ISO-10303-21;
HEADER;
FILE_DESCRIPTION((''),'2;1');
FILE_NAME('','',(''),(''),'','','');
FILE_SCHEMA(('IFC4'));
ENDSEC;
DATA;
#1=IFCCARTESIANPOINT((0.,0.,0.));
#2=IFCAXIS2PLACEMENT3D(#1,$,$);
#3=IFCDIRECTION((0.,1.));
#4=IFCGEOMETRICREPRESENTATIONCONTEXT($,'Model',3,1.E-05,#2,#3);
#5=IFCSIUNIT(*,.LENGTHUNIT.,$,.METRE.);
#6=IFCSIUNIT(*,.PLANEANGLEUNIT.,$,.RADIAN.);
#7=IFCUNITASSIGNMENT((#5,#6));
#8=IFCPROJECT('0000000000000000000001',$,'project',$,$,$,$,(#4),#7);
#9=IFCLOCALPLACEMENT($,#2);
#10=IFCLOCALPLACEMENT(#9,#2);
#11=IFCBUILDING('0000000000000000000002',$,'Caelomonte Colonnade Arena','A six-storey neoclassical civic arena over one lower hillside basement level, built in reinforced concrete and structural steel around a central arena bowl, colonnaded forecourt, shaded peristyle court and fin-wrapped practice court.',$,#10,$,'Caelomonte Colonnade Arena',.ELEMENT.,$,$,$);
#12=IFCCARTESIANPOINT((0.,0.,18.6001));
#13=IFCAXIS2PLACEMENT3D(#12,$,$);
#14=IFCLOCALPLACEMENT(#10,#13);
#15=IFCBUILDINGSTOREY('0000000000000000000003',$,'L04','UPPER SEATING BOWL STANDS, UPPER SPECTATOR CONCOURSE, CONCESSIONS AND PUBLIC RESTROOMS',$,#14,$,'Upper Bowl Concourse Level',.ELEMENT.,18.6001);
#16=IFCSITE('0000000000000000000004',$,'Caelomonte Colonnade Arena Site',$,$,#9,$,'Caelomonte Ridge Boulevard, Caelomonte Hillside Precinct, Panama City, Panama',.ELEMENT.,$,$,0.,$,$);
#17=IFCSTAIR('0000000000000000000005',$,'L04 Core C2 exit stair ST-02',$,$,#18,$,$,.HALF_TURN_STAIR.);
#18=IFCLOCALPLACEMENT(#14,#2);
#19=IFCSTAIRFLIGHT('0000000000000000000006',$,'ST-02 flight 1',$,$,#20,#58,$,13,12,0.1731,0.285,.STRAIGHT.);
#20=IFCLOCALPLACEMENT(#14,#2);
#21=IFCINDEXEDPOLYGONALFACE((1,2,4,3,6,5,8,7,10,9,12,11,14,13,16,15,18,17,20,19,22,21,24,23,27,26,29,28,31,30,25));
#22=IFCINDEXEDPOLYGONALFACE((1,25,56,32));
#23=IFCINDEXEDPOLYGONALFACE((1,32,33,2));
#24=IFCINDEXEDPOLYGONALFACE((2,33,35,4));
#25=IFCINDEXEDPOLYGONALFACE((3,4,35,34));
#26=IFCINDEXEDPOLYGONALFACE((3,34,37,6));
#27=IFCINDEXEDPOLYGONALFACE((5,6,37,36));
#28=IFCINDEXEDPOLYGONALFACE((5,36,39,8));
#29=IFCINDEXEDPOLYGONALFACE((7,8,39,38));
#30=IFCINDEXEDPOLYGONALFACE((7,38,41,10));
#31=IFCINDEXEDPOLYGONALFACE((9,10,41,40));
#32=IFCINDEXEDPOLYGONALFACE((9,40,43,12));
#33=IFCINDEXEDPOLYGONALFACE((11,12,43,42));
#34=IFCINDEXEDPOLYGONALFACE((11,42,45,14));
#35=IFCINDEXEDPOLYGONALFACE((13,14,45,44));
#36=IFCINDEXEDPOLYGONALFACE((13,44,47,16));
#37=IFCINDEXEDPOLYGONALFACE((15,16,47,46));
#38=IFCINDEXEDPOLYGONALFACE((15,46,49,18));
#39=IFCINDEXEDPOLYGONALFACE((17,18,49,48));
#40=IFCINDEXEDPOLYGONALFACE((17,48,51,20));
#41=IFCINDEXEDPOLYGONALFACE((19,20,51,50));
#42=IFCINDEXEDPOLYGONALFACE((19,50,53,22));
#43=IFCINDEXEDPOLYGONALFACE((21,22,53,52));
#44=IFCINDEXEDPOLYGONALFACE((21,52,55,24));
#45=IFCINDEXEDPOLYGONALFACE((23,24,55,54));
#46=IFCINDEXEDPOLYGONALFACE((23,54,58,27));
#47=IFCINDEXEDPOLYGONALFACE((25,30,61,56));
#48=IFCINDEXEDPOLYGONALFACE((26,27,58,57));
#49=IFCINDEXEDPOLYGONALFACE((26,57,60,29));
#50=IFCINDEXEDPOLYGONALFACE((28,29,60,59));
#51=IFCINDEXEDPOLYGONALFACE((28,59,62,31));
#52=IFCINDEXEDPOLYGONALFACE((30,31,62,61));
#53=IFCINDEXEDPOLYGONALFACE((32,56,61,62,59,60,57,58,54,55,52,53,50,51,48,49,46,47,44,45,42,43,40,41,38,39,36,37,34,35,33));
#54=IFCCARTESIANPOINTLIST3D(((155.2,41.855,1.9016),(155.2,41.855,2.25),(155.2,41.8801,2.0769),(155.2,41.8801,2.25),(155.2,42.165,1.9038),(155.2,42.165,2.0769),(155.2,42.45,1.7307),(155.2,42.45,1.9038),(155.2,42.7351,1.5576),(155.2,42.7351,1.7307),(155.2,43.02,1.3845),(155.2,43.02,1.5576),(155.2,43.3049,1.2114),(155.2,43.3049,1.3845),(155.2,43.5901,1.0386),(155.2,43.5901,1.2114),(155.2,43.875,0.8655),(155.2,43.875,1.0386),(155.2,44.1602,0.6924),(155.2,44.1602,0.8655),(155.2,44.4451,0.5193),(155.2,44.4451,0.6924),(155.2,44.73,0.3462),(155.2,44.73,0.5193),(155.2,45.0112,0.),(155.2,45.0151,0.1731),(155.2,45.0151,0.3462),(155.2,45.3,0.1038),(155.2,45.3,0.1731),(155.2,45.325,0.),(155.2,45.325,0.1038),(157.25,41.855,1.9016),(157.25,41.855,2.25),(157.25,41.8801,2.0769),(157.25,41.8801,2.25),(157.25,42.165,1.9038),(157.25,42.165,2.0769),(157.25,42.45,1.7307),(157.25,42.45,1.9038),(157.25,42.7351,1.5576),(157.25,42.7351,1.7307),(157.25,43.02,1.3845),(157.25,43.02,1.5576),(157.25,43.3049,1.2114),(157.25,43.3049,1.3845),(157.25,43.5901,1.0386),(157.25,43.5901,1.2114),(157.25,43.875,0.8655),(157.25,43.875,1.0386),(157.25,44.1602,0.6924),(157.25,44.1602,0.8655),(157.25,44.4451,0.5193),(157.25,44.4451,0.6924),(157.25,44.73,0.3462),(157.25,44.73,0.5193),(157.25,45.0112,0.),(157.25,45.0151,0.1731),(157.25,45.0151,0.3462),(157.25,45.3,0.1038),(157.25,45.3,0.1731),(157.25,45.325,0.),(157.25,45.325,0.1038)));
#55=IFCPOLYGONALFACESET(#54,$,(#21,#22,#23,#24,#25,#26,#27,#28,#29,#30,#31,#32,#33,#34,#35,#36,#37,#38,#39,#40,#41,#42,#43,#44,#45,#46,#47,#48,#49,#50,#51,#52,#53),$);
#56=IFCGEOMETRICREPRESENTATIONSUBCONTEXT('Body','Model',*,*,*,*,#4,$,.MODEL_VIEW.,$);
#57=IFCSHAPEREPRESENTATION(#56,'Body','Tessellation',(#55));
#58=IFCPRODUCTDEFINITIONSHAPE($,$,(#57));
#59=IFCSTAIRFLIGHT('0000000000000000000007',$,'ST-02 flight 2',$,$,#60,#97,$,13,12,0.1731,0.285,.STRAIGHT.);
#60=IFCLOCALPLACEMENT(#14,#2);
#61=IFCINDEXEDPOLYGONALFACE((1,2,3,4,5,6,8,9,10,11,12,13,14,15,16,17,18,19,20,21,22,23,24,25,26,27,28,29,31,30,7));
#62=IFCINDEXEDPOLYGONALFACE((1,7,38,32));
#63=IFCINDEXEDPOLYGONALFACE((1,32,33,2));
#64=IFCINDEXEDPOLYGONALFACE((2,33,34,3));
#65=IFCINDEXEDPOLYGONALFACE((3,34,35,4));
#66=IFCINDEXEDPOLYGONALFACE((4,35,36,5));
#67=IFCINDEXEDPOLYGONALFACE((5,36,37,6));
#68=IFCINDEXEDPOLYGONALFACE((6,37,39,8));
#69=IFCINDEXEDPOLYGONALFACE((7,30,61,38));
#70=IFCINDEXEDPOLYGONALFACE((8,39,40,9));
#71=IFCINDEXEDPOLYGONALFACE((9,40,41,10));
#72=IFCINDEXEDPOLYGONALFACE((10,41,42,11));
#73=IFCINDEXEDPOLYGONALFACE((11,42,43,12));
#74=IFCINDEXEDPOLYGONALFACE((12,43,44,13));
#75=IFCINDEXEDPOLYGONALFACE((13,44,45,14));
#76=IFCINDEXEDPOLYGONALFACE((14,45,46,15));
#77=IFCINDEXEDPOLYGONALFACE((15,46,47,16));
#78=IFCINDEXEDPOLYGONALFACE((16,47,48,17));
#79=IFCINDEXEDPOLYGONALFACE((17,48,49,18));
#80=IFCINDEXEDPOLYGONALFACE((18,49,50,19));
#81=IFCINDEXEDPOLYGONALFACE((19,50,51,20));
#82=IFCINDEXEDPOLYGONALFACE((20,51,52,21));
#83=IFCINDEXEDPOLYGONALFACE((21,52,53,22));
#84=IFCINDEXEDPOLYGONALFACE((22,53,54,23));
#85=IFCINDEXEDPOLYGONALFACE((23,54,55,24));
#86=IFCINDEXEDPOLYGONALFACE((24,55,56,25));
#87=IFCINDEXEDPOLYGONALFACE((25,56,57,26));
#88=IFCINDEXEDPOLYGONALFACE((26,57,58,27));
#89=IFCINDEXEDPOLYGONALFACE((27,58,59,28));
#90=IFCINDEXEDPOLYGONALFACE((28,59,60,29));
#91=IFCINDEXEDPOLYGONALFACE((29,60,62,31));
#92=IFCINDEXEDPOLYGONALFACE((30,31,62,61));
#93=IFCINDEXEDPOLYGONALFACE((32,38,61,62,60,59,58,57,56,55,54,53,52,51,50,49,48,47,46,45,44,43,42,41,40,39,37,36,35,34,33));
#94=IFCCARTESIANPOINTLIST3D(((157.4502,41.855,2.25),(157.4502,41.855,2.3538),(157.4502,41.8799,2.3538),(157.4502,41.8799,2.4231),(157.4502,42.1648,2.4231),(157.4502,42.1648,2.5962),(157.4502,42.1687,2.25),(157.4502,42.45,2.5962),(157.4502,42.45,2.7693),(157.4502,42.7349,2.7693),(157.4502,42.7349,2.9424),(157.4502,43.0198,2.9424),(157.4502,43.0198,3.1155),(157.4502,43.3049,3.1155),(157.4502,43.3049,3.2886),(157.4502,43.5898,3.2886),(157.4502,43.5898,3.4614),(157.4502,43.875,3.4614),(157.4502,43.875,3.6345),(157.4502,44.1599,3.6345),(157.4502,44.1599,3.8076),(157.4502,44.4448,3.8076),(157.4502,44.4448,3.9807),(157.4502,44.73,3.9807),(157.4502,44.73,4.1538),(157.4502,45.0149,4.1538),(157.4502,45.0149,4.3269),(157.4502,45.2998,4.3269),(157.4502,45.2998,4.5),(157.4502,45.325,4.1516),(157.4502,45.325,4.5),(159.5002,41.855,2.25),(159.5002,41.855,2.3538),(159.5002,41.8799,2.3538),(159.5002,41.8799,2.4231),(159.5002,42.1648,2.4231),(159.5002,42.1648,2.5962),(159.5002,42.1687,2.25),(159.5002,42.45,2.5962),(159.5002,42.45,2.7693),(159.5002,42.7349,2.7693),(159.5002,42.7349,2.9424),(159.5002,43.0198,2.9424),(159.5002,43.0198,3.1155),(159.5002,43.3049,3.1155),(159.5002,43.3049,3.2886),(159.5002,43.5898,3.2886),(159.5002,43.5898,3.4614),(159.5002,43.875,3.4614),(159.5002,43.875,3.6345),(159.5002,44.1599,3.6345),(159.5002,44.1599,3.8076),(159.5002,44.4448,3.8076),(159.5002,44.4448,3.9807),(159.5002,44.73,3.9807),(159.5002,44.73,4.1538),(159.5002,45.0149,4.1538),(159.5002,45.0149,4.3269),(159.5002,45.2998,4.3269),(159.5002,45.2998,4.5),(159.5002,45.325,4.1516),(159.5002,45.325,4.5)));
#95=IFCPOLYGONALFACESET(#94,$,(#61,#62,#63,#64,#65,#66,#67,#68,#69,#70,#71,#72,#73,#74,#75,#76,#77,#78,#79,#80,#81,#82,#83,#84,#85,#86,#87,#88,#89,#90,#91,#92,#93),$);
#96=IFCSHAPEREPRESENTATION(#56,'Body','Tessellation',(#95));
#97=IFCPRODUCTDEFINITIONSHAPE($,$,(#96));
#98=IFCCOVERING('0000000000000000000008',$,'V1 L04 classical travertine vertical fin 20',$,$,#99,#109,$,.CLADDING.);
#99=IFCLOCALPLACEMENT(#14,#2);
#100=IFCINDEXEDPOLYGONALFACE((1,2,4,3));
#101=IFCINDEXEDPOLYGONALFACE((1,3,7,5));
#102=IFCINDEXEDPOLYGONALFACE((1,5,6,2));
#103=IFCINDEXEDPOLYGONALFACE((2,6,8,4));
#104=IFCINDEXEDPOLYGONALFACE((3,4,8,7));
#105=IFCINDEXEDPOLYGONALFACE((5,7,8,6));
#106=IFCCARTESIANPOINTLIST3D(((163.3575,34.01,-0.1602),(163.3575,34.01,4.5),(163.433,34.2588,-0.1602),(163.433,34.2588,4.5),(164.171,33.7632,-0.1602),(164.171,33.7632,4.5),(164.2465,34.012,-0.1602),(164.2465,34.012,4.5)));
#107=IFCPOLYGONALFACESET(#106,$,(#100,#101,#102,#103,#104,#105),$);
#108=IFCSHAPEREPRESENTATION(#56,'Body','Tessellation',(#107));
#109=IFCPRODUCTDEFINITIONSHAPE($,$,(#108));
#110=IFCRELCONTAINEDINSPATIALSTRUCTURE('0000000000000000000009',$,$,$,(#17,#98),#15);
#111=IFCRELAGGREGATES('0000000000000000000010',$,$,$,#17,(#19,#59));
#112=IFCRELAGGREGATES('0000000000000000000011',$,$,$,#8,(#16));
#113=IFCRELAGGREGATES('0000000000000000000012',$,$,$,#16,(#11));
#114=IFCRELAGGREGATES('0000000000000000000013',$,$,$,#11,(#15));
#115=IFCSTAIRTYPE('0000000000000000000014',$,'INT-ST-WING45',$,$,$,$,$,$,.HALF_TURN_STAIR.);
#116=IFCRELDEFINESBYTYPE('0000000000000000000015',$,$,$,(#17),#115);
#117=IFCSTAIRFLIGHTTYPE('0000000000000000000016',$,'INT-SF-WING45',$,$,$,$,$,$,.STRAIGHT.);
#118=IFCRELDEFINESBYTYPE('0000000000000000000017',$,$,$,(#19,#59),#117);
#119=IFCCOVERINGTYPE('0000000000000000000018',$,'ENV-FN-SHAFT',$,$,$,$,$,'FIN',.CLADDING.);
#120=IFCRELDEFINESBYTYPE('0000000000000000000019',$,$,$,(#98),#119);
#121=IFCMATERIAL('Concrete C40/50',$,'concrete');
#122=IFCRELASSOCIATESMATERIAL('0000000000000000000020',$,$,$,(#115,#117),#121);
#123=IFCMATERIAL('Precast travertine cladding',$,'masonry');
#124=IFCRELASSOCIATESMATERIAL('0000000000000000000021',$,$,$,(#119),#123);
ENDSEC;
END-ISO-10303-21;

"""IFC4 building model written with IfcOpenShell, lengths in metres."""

from ifc_helpers import new_model, si_unit, direction, frame, origin, origin_2d, place, context, subcontext, project, spatial, polyline, rectangle, outline, extrude, material, material_profile, profile_set, type_object, element, aggregate, save


model = new_model("IFC4")

# Units and contexts
model_context = context("Model", 3, precision=1e-05, world=origin(), true_north=direction((0.0, 1.0)))
body_context = subcontext(model_context, "Body", "Model", "MODEL_VIEW")
ifc_project = project(units=[si_unit("LENGTHUNIT", "METRE"), si_unit("PLANEANGLEUNIT", "RADIAN")], contexts=[model_context])

# Site, building, storey
site_placement = place(None, origin())
site = spatial("IfcSite", under=ifc_project, at=site_placement, Name="Caelomonte Colonnade Arena Site", LongName="Caelomonte Ridge Boulevard, Caelomonte Hillside Precinct, Panama City, Panama", CompositionType="ELEMENT", RefElevation=0.0)
building_placement = place(site_placement, origin())
building = spatial("IfcBuilding", under=site, at=building_placement, Name="Caelomonte Colonnade Arena", Description="A six-storey neoclassical civic arena over one lower hillside basement level, built in reinforced concrete and structural steel around a central arena bowl, colonnaded forecourt, shaded peristyle court and fin-wrapped practice court.", LongName="Caelomonte Colonnade Arena", CompositionType="ELEMENT")
storey_placement = place(building_placement, frame((0.0, 0.0, 18.6001)))
storey = spatial("IfcBuildingStorey", under=building, at=storey_placement, Name="L04", Description="UPPER SEATING BOWL STANDS, UPPER SPECTATOR CONCOURSE, CONCESSIONS AND PUBLIC RESTROOMS", LongName="Upper Bowl Concourse Level", CompositionType="ELEMENT", Elevation=18.6001)

# Shared definitions
ifc_material_1 = material(Name="Concrete C40/50", Category="concrete")

# Stair, stair flights
stair_type = type_object("IfcStairType", Name="INT-ST-WING45", PredefinedType="HALF_TURN_STAIR", material=ifc_material_1)
stair_placement = place(storey_placement, origin())
stair = element("IfcStair", 1, at=stair_placement, inside=storey, type_object=stair_type, Name="L04 Core C2 exit stair ST-02", PredefinedType="HALF_TURN_STAIR")
stair_flight_type = type_object("IfcStairFlightType", Name="INT-SF-WING45", PredefinedType="STRAIGHT", material=ifc_material_1)
stair_flight_1_placement = place(storey_placement, frame((156.2251, 45.3, 0.0), z_axis=(0.0, 0.0, 1.0), x_axis=(0.0, -1.0, 0.0)))
stair_flight_1 = element("IfcStairFlight", 2, at=stair_flight_1_placement, type_object=stair_flight_type, Name="ST-02 flight 1", NumberOfRisers=13, NumberOfTreads=12, PredefinedType="STRAIGHT", RiserHeight=0.1731, TreadLength=0.285, context=body_context, shape_type="SweptSolid", body=[
    extrude(outline(polyline([(-0.0249, 0.0), (-0.0249, 0.1038), (0.0, 0.1038), (0.0, 0.1731), (0.2849, 0.1731), (0.2849, 0.3462), (0.5701, 0.3462), (0.5701, 0.5193), (0.855, 0.5193), (0.855, 0.6924), (1.1399, 0.6924), (1.1399, 0.8655), (1.425, 0.8655), (1.425, 1.0386), (1.71, 1.0386), (1.71, 1.2114), (1.9951, 1.2114), (1.9951, 1.3845), (2.28, 1.3845), (2.28, 1.5576), (2.5649, 1.5576), (2.5649, 1.7307), (2.8501, 1.7307), (2.8501, 1.9038), (3.135, 1.9038), (3.135, 2.0769), (3.4199, 2.0769), (3.4199, 2.25), (3.4451, 2.25), (3.4451, 1.9016), (0.2888, 0.0), (-0.0249, 0.0)])), frame((0.0, 1.0249, 0.0), z_axis=(0.0, -1.0, 0.0), x_axis=(1.0, 0.0, 0.0)), (0.0, 0.0, 1.0), 2.05),
])
stair_flight_2_placement = place(storey_placement, frame((158.4751, 41.8799, 2.25), z_axis=(0.0, 0.0, 1.0), x_axis=(0.0, 1.0, 0.0)))
stair_flight_2 = element("IfcStairFlight", 3, at=stair_flight_2_placement, type_object=stair_flight_type, Name="ST-02 flight 2", NumberOfRisers=13, NumberOfTreads=12, PredefinedType="STRAIGHT", RiserHeight=0.1731, TreadLength=0.285, context=body_context, shape_type="SweptSolid", body=[
    extrude(outline(polyline([(-0.0249, 0.0), (-0.0249, 0.1038), (0.0, 0.1038), (0.0, 0.1731), (0.2849, 0.1731), (0.2849, 0.3462), (0.5701, 0.3462), (0.5701, 0.5193), (0.855, 0.5193), (0.855, 0.6924), (1.1399, 0.6924), (1.1399, 0.8655), (1.425, 0.8655), (1.425, 1.0386), (1.71, 1.0386), (1.71, 1.2114), (1.9951, 1.2114), (1.9951, 1.3845), (2.28, 1.3845), (2.28, 1.5576), (2.5649, 1.5576), (2.5649, 1.7307), (2.8501, 1.7307), (2.8501, 1.9038), (3.135, 1.9038), (3.135, 2.0769), (3.4199, 2.0769), (3.4199, 2.25), (3.4451, 2.25), (3.4451, 1.9016), (0.2888, 0.0), (-0.0249, 0.0)])), frame((0.0, 1.0249, 0.0), z_axis=(0.0, -1.0, 0.0), x_axis=(1.0, 0.0, 0.0)), (0.0, 0.0, 1.0), 2.05),
])
aggregate(stair, [stair_flight_1, stair_flight_2])

# Covering
ifc_material_2 = material(Name="Precast travertine cladding", Category="masonry")
ifc_material_profile_1 = material_profile(ifc_material_2, rectangle(XDim=0.26, YDim=0.8501, at=origin_2d()), Name="FIN260X850")
ifc_profile_set_1 = profile_set([ifc_material_profile_1], Name="Precast travertine cladding")
covering_type = type_object("IfcCoveringType", Name="ENV-FN-SHAFT", ElementType="FIN", PredefinedType="CLADDING", material=ifc_profile_set_1)
covering_placement = place(storey_placement, frame((163.802, 34.011, -0.1602), z_axis=(0.0, 0.0, 1.0), x_axis=(-0.290276, -0.956943, 0.0)))
element("IfcCovering", 4, at=covering_placement, inside=storey, type_object=covering_type, Name="V1 L04 classical travertine vertical fin 20", PredefinedType="CLADDING", context=body_context, shape_type="SweptSolid", body=[
    extrude(rectangle(XDim=0.26, YDim=0.8501, at=origin_2d()), origin(), (0.0, 0.0, 1.0), 4.6602),
])

save(model, "model.ifc")
